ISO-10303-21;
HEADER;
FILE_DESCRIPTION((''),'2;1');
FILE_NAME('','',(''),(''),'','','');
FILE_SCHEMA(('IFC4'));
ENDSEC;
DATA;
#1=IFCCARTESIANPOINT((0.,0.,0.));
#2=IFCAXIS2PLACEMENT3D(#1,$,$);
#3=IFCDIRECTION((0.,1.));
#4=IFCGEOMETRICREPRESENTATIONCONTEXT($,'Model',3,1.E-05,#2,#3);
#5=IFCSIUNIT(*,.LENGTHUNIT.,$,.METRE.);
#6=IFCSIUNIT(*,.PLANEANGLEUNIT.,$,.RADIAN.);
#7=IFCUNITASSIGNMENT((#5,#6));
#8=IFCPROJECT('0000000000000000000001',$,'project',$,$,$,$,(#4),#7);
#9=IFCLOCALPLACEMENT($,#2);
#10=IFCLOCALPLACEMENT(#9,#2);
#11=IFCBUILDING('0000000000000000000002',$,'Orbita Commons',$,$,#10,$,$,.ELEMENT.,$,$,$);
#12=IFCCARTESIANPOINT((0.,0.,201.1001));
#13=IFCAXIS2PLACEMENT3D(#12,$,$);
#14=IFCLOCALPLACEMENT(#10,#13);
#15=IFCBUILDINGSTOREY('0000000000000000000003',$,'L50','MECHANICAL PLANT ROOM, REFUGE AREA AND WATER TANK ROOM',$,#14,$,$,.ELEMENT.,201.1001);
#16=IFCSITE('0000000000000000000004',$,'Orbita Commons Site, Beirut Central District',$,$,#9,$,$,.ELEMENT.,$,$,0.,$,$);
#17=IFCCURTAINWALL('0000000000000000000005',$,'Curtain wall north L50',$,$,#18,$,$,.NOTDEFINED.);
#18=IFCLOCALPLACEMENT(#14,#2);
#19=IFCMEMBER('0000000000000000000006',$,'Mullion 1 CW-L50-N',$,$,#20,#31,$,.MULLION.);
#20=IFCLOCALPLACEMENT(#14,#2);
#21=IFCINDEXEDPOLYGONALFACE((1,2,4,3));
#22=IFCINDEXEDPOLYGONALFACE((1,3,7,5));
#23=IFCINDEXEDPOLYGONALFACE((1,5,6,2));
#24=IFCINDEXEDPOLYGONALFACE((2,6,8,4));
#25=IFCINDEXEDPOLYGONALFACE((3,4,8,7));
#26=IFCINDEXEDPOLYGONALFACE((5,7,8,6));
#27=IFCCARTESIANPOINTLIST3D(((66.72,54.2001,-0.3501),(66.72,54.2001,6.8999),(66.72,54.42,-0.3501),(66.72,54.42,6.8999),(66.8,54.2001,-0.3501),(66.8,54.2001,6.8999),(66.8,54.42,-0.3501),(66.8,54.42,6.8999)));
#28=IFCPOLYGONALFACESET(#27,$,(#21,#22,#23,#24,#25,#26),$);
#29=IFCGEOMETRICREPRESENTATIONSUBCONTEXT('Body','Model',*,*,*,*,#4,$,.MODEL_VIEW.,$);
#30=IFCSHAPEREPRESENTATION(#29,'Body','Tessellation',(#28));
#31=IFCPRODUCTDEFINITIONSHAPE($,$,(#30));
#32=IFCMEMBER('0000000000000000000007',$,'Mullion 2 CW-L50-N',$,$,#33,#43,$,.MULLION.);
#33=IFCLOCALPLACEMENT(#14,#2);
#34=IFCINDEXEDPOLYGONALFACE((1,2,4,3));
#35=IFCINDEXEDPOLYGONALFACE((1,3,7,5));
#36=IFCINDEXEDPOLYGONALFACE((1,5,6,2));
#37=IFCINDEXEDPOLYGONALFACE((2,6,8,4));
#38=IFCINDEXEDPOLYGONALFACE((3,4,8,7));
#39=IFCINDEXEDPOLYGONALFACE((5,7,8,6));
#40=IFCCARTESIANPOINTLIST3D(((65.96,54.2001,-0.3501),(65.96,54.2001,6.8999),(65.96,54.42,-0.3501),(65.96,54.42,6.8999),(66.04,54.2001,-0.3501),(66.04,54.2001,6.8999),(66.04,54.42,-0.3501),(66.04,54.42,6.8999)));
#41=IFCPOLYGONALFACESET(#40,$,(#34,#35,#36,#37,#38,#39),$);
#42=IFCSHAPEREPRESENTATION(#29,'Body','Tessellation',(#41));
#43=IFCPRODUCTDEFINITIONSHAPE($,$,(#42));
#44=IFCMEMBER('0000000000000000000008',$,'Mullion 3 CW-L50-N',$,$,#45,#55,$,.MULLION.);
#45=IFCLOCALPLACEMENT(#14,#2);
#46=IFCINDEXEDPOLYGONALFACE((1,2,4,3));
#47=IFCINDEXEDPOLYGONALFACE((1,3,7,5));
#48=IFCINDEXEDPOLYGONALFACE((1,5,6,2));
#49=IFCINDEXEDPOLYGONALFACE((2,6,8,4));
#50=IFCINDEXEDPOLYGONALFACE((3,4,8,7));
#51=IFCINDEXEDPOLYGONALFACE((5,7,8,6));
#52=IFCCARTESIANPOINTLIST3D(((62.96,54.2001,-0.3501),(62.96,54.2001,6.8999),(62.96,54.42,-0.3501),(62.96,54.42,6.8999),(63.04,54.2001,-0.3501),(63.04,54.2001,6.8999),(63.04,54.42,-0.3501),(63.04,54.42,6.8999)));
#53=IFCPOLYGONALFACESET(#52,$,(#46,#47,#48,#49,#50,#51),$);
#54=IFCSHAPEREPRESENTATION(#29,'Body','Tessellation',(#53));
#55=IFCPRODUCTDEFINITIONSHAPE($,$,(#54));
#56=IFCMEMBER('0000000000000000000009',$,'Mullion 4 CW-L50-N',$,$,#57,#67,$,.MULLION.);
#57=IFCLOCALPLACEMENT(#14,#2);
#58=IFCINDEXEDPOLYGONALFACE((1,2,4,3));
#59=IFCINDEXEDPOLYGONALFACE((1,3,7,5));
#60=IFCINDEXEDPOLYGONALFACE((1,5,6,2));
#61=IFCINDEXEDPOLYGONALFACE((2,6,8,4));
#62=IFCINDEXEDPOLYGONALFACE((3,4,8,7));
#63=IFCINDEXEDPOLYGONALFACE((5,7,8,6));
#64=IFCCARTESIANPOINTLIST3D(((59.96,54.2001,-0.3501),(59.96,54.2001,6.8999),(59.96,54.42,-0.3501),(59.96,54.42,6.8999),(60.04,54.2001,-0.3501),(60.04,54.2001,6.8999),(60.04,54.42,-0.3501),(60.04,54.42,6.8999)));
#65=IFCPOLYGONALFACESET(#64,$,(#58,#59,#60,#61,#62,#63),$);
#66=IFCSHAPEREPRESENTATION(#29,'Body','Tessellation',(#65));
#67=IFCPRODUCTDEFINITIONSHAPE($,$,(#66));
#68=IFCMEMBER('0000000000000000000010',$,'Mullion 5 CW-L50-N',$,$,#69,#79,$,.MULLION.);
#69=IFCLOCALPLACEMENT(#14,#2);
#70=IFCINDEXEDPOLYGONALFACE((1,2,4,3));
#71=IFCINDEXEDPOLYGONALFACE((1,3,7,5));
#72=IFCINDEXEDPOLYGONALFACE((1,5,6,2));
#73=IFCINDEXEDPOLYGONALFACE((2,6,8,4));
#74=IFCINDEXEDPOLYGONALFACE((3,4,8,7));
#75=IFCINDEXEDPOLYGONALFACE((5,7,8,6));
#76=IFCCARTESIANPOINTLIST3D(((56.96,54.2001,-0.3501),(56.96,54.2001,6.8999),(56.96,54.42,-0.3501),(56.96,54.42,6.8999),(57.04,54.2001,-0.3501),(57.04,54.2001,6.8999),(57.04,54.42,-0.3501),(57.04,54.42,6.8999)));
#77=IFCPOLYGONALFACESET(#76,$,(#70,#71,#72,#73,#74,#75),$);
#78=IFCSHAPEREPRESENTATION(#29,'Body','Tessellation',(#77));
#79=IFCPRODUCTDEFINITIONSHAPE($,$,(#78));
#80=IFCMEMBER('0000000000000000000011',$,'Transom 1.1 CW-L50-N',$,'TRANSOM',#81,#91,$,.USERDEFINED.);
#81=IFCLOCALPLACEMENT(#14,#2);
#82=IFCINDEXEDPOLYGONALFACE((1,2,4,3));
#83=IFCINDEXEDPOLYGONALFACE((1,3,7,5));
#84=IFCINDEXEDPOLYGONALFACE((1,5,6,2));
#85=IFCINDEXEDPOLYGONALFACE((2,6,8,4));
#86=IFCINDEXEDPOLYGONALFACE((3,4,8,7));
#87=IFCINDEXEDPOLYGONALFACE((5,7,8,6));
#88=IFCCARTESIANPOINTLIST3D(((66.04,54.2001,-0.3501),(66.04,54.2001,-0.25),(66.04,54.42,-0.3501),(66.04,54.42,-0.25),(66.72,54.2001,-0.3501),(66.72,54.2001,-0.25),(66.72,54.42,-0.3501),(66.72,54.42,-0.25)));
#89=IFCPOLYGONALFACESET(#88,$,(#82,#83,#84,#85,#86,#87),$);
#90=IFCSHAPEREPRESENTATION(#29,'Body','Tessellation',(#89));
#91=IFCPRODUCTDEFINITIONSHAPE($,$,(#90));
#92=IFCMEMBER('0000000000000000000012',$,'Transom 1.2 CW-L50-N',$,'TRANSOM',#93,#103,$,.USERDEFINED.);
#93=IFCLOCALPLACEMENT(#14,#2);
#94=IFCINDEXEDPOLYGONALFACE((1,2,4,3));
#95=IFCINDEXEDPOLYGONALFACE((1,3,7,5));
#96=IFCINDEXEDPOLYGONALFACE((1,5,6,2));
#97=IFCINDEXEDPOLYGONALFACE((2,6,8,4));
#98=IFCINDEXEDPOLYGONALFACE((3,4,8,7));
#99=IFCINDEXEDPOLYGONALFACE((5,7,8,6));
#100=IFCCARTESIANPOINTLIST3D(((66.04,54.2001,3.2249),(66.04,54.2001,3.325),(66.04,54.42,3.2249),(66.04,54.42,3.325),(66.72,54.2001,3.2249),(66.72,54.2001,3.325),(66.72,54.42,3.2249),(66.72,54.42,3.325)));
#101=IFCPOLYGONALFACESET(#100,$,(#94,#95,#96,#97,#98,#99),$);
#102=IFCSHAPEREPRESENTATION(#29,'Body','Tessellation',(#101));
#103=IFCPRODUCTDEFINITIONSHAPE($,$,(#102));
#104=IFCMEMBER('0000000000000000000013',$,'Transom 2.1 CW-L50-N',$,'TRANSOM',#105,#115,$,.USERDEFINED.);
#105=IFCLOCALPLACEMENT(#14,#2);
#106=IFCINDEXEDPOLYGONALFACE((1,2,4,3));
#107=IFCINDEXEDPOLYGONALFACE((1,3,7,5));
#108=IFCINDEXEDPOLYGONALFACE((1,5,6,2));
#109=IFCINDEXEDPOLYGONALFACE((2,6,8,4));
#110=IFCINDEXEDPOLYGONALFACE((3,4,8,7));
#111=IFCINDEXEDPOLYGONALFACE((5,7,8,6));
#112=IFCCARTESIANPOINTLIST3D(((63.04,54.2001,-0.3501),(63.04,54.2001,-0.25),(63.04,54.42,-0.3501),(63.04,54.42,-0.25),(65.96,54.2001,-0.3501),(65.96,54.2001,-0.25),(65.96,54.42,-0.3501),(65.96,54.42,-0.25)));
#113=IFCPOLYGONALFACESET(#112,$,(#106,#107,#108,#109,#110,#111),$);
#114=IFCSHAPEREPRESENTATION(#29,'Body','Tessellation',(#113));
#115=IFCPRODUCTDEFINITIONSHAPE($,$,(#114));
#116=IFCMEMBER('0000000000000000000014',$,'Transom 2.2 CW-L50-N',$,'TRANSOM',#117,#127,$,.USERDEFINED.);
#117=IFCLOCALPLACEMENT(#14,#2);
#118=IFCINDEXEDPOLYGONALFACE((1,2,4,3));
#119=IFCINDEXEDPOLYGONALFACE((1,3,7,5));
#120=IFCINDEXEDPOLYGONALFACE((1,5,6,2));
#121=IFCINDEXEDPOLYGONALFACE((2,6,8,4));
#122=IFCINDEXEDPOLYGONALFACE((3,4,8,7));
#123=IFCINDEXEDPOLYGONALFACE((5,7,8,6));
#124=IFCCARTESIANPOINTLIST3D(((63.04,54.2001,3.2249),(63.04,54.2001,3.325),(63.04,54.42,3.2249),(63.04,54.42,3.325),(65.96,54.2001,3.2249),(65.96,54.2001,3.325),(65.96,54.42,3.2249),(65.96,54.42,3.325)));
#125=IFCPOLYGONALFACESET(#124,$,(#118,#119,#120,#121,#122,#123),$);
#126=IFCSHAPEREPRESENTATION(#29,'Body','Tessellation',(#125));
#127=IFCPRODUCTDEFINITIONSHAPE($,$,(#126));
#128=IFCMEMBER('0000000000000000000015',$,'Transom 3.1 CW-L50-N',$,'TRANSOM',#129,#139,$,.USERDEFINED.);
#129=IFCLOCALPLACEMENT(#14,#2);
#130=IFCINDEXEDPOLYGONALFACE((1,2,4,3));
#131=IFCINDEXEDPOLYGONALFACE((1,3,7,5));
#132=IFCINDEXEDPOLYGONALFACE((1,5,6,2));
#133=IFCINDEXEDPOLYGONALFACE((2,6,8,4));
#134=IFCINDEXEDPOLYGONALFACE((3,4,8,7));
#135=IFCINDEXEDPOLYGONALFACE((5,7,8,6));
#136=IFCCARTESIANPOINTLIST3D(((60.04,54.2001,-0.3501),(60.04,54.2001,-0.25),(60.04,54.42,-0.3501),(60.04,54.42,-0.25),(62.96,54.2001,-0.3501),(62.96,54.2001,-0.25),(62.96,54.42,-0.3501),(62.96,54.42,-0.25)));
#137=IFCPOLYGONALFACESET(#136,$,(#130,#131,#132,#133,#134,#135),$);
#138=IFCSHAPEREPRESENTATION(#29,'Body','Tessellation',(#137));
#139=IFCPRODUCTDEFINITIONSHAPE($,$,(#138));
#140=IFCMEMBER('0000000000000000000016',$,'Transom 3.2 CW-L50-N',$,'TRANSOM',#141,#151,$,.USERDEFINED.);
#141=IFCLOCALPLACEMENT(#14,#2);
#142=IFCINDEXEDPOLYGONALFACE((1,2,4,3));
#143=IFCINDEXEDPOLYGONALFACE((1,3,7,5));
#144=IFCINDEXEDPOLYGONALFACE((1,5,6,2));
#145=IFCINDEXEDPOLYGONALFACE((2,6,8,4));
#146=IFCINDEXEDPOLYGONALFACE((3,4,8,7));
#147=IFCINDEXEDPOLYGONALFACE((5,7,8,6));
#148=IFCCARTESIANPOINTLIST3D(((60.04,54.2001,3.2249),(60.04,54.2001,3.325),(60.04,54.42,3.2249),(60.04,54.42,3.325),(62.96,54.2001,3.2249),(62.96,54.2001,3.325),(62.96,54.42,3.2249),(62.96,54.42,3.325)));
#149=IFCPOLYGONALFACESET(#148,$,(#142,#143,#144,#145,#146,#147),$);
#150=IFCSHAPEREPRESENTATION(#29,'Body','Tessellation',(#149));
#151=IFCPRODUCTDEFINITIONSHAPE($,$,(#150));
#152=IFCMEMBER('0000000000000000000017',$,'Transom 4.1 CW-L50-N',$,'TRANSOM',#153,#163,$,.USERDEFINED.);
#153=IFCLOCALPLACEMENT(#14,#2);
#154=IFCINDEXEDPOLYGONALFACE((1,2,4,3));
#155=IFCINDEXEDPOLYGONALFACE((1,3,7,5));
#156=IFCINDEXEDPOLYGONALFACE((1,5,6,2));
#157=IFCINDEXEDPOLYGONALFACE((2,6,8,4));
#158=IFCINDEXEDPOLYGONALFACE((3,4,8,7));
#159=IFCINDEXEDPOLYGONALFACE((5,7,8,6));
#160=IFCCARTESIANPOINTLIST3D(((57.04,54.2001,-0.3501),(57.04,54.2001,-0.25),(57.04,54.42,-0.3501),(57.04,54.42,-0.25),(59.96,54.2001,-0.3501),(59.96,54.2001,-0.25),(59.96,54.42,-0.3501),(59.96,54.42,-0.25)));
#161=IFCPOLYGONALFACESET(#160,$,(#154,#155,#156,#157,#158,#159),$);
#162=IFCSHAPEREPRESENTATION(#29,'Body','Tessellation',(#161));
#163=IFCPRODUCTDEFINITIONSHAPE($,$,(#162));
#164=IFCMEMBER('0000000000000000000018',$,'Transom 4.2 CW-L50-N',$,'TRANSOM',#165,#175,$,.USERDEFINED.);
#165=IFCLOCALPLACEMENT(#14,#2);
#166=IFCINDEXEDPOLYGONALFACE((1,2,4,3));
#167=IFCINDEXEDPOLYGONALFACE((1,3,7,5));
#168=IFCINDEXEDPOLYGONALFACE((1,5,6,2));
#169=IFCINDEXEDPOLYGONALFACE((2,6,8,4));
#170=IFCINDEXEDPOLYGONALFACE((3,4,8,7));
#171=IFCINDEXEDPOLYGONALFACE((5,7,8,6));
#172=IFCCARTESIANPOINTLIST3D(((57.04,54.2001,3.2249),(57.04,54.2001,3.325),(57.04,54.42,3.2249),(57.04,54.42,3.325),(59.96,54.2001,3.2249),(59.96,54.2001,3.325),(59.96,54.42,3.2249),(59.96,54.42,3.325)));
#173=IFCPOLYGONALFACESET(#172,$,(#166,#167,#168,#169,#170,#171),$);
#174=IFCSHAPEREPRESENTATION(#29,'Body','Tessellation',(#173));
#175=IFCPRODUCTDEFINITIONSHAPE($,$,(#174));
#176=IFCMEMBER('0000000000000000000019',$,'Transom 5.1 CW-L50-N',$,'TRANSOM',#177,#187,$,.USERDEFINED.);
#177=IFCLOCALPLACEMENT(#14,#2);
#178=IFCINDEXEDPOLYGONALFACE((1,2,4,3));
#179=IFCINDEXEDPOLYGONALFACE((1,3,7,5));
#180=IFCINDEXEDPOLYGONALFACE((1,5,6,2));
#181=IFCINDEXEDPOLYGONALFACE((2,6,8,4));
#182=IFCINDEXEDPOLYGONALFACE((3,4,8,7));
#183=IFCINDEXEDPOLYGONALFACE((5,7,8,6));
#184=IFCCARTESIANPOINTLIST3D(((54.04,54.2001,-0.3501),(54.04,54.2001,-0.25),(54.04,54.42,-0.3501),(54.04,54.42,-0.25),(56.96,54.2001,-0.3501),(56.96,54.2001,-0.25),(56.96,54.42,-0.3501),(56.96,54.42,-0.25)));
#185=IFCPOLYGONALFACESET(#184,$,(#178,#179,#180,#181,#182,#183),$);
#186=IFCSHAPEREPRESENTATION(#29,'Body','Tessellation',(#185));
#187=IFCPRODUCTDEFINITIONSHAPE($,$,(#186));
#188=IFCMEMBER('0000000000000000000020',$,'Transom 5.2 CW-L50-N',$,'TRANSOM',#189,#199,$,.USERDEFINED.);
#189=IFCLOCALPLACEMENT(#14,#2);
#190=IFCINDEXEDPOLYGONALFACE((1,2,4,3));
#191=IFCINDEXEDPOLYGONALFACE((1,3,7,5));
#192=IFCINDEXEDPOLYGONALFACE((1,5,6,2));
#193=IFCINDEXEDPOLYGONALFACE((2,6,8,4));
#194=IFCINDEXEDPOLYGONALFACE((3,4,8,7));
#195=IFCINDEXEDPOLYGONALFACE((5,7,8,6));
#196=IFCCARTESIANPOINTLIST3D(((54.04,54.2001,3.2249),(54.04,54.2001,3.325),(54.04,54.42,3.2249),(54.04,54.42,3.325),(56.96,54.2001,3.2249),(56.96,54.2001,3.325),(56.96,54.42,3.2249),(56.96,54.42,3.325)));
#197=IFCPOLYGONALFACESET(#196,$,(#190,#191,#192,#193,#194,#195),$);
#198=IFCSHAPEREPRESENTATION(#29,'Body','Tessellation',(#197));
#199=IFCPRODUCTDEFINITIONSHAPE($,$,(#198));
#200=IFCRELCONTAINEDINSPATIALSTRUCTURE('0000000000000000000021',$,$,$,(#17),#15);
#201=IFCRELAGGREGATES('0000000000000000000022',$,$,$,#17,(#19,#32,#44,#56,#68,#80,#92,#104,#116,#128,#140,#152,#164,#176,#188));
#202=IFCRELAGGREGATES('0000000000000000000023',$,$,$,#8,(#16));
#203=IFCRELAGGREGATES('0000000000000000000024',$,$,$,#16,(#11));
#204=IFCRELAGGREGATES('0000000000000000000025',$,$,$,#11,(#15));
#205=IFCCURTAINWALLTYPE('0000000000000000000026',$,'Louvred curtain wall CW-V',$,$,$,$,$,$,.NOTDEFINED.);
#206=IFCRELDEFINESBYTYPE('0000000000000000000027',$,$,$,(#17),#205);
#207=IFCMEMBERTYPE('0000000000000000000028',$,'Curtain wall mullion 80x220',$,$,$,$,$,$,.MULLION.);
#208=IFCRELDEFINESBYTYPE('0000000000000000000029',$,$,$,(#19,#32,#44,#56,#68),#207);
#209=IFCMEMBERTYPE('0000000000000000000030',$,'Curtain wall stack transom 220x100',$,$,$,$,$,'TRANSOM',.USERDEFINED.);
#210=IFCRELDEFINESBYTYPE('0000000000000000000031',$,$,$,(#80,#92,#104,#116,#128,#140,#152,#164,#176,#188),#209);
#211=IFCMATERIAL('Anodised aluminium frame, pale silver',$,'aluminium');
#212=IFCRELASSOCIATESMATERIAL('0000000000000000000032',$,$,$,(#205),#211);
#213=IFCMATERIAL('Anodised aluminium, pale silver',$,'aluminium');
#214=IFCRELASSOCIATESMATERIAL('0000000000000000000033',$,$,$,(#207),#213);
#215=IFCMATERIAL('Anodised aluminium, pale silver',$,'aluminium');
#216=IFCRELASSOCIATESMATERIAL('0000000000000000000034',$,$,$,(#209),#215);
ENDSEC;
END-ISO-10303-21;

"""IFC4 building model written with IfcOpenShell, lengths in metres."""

from ifc_helpers import new_model, si_unit, direction, frame, origin, origin_2d, place, context, subcontext, project, spatial, rectangle, extrude, material, material_profile, profile_set, type_object, element, aggregate, save


model = new_model("IFC4")

# Units and contexts
model_context = context("Model", 3, precision=1e-05, world=origin(), true_north=direction((0.0, 1.0)))
body_context = subcontext(model_context, "Body", "Model", "MODEL_VIEW")
ifc_project = project(units=[si_unit("LENGTHUNIT", "METRE"), si_unit("PLANEANGLEUNIT", "RADIAN")], contexts=[model_context])

# Site, building, storey
site_placement = place(None, origin())
site = spatial("IfcSite", under=ifc_project, at=site_placement, Name="Orbita Commons Site, Beirut Central District", CompositionType="ELEMENT", RefElevation=0.0)
building_placement = place(site_placement, origin())
building = spatial("IfcBuilding", under=site, at=building_placement, Name="Orbita Commons", CompositionType="ELEMENT")
storey_placement = place(building_placement, frame((0.0, 0.0, 201.1001)))
storey = spatial("IfcBuildingStorey", under=building, at=storey_placement, Name="L50", Description="MECHANICAL PLANT ROOM, REFUGE AREA AND WATER TANK ROOM", CompositionType="ELEMENT", Elevation=201.1001)

# Curtain wall, members
ifc_material_1 = material(Name="Anodised aluminium frame, pale silver", Category="aluminium")
curtain_wall_type = type_object("IfcCurtainWallType", Name="Louvred curtain wall CW-V", PredefinedType="NOTDEFINED", material=ifc_material_1)
curtain_wall_placement = place(storey_placement, origin())
curtain_wall = element("IfcCurtainWall", 1, at=curtain_wall_placement, inside=storey, type_object=curtain_wall_type, Name="Curtain wall north L50", PredefinedType="NOTDEFINED")
ifc_material_2 = material(Name="Anodised aluminium, pale silver", Category="aluminium")
ifc_material_profile_1 = material_profile(ifc_material_2, rectangle(XDim=0.0801, YDim=0.22, at=origin_2d()), Name="AL 80x220")
ifc_profile_set_1 = profile_set([ifc_material_profile_1], Name="Anodised aluminium, pale silver")
member_type_1 = type_object("IfcMemberType", Name="Curtain wall mullion 80x220", PredefinedType="MULLION", material=ifc_profile_set_1)
member_1_placement = place(storey_placement, frame((66.76, 54.3101, -0.3501), z_axis=(0.0, 0.0, 1.0), x_axis=(-1.0, 0.0, 0.0)))
member_1 = element("IfcMember", 2, at=member_1_placement, type_object=member_type_1, Name="Mullion 1 CW-L50-N", PredefinedType="MULLION", context=body_context, shape_type="SweptSolid", body=[
    extrude(rectangle(XDim=0.0801, YDim=0.22, at=origin_2d()), origin(), (0.0, 0.0, 1.0), 7.25),
])
member_2_placement = place(storey_placement, frame((66.0, 54.3101, -0.3501), z_axis=(0.0, 0.0, 1.0), x_axis=(-1.0, 0.0, 0.0)))
member_2 = element("IfcMember", 3, at=member_2_placement, type_object=member_type_1, Name="Mullion 2 CW-L50-N", PredefinedType="MULLION", context=body_context, shape_type="SweptSolid", body=[
    extrude(rectangle(XDim=0.0801, YDim=0.22, at=origin_2d()), origin(), (0.0, 0.0, 1.0), 7.25),
])
member_3_placement = place(storey_placement, frame((63.0, 54.3101, -0.3501), z_axis=(0.0, 0.0, 1.0), x_axis=(-1.0, 0.0, 0.0)))
member_3 = element("IfcMember", 4, at=member_3_placement, type_object=member_type_1, Name="Mullion 3 CW-L50-N", PredefinedType="MULLION", context=body_context, shape_type="SweptSolid", body=[
    extrude(rectangle(XDim=0.0801, YDim=0.22, at=origin_2d()), origin(), (0.0, 0.0, 1.0), 7.25),
])
member_4_placement = place(storey_placement, frame((60.0, 54.3101, -0.3501), z_axis=(0.0, 0.0, 1.0), x_axis=(-1.0, 0.0, 0.0)))
member_4 = element("IfcMember", 5, at=member_4_placement, type_object=member_type_1, Name="Mullion 4 CW-L50-N", PredefinedType="MULLION", context=body_context, shape_type="SweptSolid", body=[
    extrude(rectangle(XDim=0.0801, YDim=0.22, at=origin_2d()), origin(), (0.0, 0.0, 1.0), 7.25),
])
member_5_placement = place(storey_placement, frame((57.0, 54.3101, -0.3501), z_axis=(0.0, 0.0, 1.0), x_axis=(-1.0, 0.0, 0.0)))
member_5 = element("IfcMember", 6, at=member_5_placement, type_object=member_type_1, Name="Mullion 5 CW-L50-N", PredefinedType="MULLION", context=body_context, shape_type="SweptSolid", body=[
    extrude(rectangle(XDim=0.0801, YDim=0.22, at=origin_2d()), origin(), (0.0, 0.0, 1.0), 7.25),
])
ifc_material_3 = material(Name="Anodised aluminium, pale silver", Category="aluminium")
ifc_material_profile_2 = material_profile(ifc_material_3, rectangle(XDim=0.22, YDim=0.1001, at=origin_2d()), Name="AL 220x100")
ifc_profile_set_2 = profile_set([ifc_material_profile_2], Name="Anodised aluminium, pale silver")
member_type_2 = type_object("IfcMemberType", Name="Curtain wall stack transom 220x100", ElementType="TRANSOM", PredefinedType="USERDEFINED", material=ifc_profile_set_2)
member_6_placement = place(storey_placement, frame((66.72, 54.3101, -0.3), z_axis=(-1.0, 0.0, 0.0), x_axis=(0.0, -1.0, 0.0)))
member_6 = element("IfcMember", 7, at=member_6_placement, type_object=member_type_2, Name="Transom 1.1 CW-L50-N", ObjectType="TRANSOM", PredefinedType="USERDEFINED", context=body_context, shape_type="SweptSolid", body=[
    extrude(rectangle(XDim=0.22, YDim=0.1001, at=origin_2d()), origin(), (0.0, 0.0, 1.0), 0.6799),
])
member_7_placement = place(storey_placement, frame((66.72, 54.3101, 3.2749), z_axis=(-1.0, 0.0, 0.0), x_axis=(0.0, -1.0, 0.0)))
member_7 = element("IfcMember", 8, at=member_7_placement, type_object=member_type_2, Name="Transom 1.2 CW-L50-N", ObjectType="TRANSOM", PredefinedType="USERDEFINED", context=body_context, shape_type="SweptSolid", body=[
    extrude(rectangle(XDim=0.22, YDim=0.1001, at=origin_2d()), origin(), (0.0, 0.0, 1.0), 0.6799),
])
member_8_placement = place(storey_placement, frame((65.96, 54.3101, -0.3), z_axis=(-1.0, 0.0, 0.0), x_axis=(0.0, -1.0, 0.0)))
member_8 = element("IfcMember", 9, at=member_8_placement, type_object=member_type_2, Name="Transom 2.1 CW-L50-N", ObjectType="TRANSOM", PredefinedType="USERDEFINED", context=body_context, shape_type="SweptSolid", body=[
    extrude(rectangle(XDim=0.22, YDim=0.1001, at=origin_2d()), origin(), (0.0, 0.0, 1.0), 2.9199),
])
member_9_placement = place(storey_placement, frame((65.96, 54.3101, 3.2749), z_axis=(-1.0, 0.0, 0.0), x_axis=(0.0, -1.0, 0.0)))
member_9 = element("IfcMember", 10, at=member_9_placement, type_object=member_type_2, Name="Transom 2.2 CW-L50-N", ObjectType="TRANSOM", PredefinedType="USERDEFINED", context=body_context, shape_type="SweptSolid", body=[
    extrude(rectangle(XDim=0.22, YDim=0.1001, at=origin_2d()), origin(), (0.0, 0.0, 1.0), 2.9199),
])
member_10_placement = place(storey_placement, frame((62.96, 54.3101, -0.3), z_axis=(-1.0, 0.0, 0.0), x_axis=(0.0, -1.0, 0.0)))
member_10 = element("IfcMember", 11, at=member_10_placement, type_object=member_type_2, Name="Transom 3.1 CW-L50-N", ObjectType="TRANSOM", PredefinedType="USERDEFINED", context=body_context, shape_type="SweptSolid", body=[
    extrude(rectangle(XDim=0.22, YDim=0.1001, at=origin_2d()), origin(), (0.0, 0.0, 1.0), 2.9199),
])
member_11_placement = place(storey_placement, frame((62.96, 54.3101, 3.2749), z_axis=(-1.0, 0.0, 0.0), x_axis=(0.0, -1.0, 0.0)))
member_11 = element("IfcMember", 12, at=member_11_placement, type_object=member_type_2, Name="Transom 3.2 CW-L50-N", ObjectType="TRANSOM", PredefinedType="USERDEFINED", context=body_context, shape_type="SweptSolid", body=[
    extrude(rectangle(XDim=0.22, YDim=0.1001, at=origin_2d()), origin(), (0.0, 0.0, 1.0), 2.9199),
])
member_12_placement = place(storey_placement, frame((59.96, 54.3101, -0.3), z_axis=(-1.0, 0.0, 0.0), x_axis=(0.0, -1.0, 0.0)))
member_12 = element("IfcMember", 13, at=member_12_placement, type_object=member_type_2, Name="Transom 4.1 CW-L50-N", ObjectType="TRANSOM", PredefinedType="USERDEFINED", context=body_context, shape_type="SweptSolid", body=[
    extrude(rectangle(XDim=0.22, YDim=0.1001, at=origin_2d()), origin(), (0.0, 0.0, 1.0), 2.9199),
])
member_13_placement = place(storey_placement, frame((59.96, 54.3101, 3.2749), z_axis=(-1.0, 0.0, 0.0), x_axis=(0.0, -1.0, 0.0)))
member_13 = element("IfcMember", 14, at=member_13_placement, type_object=member_type_2, Name="Transom 4.2 CW-L50-N", ObjectType="TRANSOM", PredefinedType="USERDEFINED", context=body_context, shape_type="SweptSolid", body=[
    extrude(rectangle(XDim=0.22, YDim=0.1001, at=origin_2d()), origin(), (0.0, 0.0, 1.0), 2.9199),
])
member_14_placement = place(storey_placement, frame((56.96, 54.3101, -0.3), z_axis=(-1.0, 0.0, 0.0), x_axis=(0.0, -1.0, 0.0)))
member_14 = element("IfcMember", 15, at=member_14_placement, type_object=member_type_2, Name="Transom 5.1 CW-L50-N", ObjectType="TRANSOM", PredefinedType="USERDEFINED", context=body_context, shape_type="SweptSolid", body=[
    extrude(rectangle(XDim=0.22, YDim=0.1001, at=origin_2d()), origin(), (0.0, 0.0, 1.0), 2.9199),
])
member_15_placement = place(storey_placement, frame((56.96, 54.3101, 3.2749), z_axis=(-1.0, 0.0, 0.0), x_axis=(0.0, -1.0, 0.0)))
member_15 = element("IfcMember", 16, at=member_15_placement, type_object=member_type_2, Name="Transom 5.2 CW-L50-N", ObjectType="TRANSOM", PredefinedType="USERDEFINED", context=body_context, shape_type="SweptSolid", body=[
    extrude(rectangle(XDim=0.22, YDim=0.1001, at=origin_2d()), origin(), (0.0, 0.0, 1.0), 2.9199),
])
aggregate(curtain_wall, [member_1, member_2, member_3, member_4, member_5, member_6, member_7, member_8, member_9, member_10, member_11, member_12, member_13, member_14, member_15])

save(model, "model.ifc")
